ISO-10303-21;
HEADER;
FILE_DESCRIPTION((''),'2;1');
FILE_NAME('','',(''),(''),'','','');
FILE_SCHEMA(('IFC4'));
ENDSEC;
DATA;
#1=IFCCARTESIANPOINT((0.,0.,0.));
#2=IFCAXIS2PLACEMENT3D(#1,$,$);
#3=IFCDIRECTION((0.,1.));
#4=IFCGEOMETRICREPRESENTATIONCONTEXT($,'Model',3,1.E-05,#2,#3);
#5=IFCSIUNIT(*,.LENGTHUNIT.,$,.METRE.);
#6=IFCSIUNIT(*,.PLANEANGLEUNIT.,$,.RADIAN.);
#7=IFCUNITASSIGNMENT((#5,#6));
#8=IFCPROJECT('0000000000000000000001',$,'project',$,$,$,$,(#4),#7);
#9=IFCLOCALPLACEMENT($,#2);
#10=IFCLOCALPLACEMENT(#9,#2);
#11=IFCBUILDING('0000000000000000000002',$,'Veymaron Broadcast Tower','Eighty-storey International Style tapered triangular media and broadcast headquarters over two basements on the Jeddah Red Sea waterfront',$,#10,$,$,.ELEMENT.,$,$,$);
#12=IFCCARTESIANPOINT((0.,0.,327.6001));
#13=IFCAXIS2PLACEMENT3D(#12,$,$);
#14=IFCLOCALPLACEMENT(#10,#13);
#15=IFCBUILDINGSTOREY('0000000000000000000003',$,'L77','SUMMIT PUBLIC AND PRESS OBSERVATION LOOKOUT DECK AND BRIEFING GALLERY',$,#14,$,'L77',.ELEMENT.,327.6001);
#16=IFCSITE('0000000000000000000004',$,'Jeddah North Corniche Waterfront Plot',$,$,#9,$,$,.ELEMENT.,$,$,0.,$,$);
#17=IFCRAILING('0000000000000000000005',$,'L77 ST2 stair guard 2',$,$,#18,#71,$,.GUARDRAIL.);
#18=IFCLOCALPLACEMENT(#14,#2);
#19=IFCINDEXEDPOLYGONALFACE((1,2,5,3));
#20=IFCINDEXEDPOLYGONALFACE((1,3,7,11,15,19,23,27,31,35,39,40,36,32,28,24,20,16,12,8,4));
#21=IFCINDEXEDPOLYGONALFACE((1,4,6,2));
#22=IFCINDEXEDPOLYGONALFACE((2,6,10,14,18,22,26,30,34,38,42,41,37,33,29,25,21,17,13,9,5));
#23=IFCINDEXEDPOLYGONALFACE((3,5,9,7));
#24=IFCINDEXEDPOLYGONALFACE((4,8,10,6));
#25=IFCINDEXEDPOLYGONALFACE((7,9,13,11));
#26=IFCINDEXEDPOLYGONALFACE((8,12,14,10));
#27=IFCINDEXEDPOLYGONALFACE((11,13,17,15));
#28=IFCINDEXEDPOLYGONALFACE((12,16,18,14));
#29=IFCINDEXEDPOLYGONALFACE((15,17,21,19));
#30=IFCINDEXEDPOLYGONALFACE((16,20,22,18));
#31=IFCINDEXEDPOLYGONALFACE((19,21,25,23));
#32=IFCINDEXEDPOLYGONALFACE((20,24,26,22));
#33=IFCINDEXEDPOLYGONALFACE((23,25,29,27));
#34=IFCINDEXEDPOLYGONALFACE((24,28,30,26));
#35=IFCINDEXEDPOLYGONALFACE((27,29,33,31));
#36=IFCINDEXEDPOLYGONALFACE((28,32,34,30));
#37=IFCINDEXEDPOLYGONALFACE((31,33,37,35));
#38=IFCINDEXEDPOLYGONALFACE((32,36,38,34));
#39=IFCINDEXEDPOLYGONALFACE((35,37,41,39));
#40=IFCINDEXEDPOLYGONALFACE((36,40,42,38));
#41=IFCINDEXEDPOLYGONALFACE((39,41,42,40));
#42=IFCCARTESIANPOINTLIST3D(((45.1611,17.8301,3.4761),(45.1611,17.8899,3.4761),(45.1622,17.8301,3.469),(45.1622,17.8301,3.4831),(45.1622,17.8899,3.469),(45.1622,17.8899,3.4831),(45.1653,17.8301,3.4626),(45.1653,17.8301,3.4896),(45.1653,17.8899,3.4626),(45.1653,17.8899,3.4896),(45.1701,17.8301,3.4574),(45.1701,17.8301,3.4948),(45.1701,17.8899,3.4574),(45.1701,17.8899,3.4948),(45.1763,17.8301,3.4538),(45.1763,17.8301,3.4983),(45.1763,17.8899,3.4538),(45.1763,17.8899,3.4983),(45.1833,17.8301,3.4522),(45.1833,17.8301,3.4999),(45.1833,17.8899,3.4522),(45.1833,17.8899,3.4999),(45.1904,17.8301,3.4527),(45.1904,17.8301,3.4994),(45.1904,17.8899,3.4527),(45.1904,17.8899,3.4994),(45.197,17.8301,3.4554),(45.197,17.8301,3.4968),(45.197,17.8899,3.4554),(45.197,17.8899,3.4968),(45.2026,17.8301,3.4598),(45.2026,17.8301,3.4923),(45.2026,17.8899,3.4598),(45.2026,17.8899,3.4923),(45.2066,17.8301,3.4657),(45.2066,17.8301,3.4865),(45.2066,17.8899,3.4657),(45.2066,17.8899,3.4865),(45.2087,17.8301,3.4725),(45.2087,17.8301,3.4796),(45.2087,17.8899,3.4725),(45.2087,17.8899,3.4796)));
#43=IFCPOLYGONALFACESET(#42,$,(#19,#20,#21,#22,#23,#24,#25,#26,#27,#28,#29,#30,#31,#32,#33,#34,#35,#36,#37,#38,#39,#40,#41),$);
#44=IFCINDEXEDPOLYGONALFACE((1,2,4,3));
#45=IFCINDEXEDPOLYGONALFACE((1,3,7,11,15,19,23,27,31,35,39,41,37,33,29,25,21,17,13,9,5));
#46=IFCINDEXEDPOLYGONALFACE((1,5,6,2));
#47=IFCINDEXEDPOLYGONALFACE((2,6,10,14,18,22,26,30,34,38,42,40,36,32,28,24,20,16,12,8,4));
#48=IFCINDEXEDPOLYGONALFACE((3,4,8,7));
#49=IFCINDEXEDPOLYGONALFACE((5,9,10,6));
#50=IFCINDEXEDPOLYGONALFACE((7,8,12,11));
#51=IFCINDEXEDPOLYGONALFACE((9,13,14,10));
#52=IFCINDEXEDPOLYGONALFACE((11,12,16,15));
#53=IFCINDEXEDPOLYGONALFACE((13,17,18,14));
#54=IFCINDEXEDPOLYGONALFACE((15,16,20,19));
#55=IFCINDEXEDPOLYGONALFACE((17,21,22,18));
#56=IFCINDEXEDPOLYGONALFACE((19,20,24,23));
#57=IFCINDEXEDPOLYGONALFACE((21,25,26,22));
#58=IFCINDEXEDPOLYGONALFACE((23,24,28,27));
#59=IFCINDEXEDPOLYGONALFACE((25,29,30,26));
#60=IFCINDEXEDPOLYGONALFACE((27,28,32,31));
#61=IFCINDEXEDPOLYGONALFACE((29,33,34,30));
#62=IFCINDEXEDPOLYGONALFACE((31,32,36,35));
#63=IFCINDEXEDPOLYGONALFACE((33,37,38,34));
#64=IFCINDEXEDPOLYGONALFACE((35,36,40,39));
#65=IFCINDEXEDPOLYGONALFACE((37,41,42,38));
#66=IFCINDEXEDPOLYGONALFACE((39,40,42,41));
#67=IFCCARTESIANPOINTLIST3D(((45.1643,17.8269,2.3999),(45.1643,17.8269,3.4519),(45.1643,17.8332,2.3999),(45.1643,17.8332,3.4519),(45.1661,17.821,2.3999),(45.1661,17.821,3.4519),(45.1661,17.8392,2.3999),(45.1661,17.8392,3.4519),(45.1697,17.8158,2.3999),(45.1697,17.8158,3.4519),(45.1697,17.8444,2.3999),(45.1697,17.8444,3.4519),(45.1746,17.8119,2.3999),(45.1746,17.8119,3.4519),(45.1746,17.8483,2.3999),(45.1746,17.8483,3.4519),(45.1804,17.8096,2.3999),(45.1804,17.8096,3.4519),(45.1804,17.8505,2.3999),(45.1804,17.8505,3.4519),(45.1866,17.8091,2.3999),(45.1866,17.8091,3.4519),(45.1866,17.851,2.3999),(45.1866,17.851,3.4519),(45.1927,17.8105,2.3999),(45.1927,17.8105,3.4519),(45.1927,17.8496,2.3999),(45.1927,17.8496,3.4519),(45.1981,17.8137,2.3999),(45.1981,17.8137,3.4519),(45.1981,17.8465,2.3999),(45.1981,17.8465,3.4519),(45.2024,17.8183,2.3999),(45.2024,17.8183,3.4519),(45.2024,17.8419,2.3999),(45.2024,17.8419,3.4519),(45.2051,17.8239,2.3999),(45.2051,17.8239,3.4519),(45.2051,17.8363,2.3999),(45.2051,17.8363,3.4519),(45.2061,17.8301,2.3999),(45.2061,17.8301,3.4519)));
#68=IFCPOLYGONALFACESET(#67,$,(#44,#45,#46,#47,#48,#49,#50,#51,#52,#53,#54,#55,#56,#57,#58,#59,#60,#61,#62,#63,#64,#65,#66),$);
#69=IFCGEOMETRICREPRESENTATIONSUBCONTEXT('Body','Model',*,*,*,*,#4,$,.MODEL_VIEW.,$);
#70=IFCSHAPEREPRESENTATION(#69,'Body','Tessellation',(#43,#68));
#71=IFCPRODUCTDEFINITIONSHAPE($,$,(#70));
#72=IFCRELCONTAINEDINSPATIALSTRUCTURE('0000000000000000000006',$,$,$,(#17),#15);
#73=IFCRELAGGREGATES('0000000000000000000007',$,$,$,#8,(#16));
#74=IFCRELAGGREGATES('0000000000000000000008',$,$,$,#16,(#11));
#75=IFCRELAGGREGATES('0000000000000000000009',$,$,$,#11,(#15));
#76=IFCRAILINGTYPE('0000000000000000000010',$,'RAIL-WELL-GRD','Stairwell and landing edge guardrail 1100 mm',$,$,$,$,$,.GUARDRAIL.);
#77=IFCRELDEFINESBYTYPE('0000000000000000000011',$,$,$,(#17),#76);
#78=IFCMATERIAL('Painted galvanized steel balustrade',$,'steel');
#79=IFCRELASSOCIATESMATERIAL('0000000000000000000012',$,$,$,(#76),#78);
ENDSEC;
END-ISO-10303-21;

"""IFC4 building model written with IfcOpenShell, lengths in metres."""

from ifc_helpers import new_model, si_unit, direction, frame, origin, origin_2d, place, context, subcontext, project, spatial, circle, extrude, material, type_object, element, save


model = new_model("IFC4")

# Units and contexts
model_context = context("Model", 3, precision=1e-05, world=origin(), true_north=direction((0.0, 1.0)))
body_context = subcontext(model_context, "Body", "Model", "MODEL_VIEW")
ifc_project = project(units=[si_unit("LENGTHUNIT", "METRE"), si_unit("PLANEANGLEUNIT", "RADIAN")], contexts=[model_context])

# Site, building, storey
site_placement = place(None, origin())
site = spatial("IfcSite", under=ifc_project, at=site_placement, Name="Jeddah North Corniche Waterfront Plot", CompositionType="ELEMENT", RefElevation=0.0)
building_placement = place(site_placement, origin())
building = spatial("IfcBuilding", under=site, at=building_placement, Name="Veymaron Broadcast Tower", Description="Eighty-storey International Style tapered triangular media and broadcast headquarters over two basements on the Jeddah Red Sea waterfront", CompositionType="ELEMENT")
storey_placement = place(building_placement, frame((0.0, 0.0, 327.6001)))
storey = spatial("IfcBuildingStorey", under=building, at=storey_placement, Name="L77", Description="SUMMIT PUBLIC AND PRESS OBSERVATION LOOKOUT DECK AND BRIEFING GALLERY", LongName="L77", CompositionType="ELEMENT", Elevation=327.6001)

# Railing
ifc_material_1 = material(Name="Painted galvanized steel balustrade", Category="steel")
railing_type = type_object("IfcRailingType", Name="RAIL-WELL-GRD", Description="Stairwell and landing edge guardrail 1100 mm", PredefinedType="GUARDRAIL", material=ifc_material_1)
railing_placement = place(storey_placement, frame((45.1851, 17.8301, 2.3999)))
element("IfcRailing", 1, at=railing_placement, inside=storey, type_object=railing_type, Name="L77 ST2 stair guard 2", PredefinedType="GUARDRAIL", context=body_context, shape_type="SweptSolid", body=[
    extrude(circle(Radius=0.0239, at=origin_2d()), frame((0.0, 0.0, 1.0762), z_axis=(0.0, 1.0, 0.0), x_axis=(-1.0, 0.0, 0.0)), (0.0, 0.0, 1.0), 0.0598),
    extrude(circle(Radius=0.021, at=origin_2d()), origin(), (0.0, 0.0, 1.0), 1.052),
])

save(model, "model.ifc")
